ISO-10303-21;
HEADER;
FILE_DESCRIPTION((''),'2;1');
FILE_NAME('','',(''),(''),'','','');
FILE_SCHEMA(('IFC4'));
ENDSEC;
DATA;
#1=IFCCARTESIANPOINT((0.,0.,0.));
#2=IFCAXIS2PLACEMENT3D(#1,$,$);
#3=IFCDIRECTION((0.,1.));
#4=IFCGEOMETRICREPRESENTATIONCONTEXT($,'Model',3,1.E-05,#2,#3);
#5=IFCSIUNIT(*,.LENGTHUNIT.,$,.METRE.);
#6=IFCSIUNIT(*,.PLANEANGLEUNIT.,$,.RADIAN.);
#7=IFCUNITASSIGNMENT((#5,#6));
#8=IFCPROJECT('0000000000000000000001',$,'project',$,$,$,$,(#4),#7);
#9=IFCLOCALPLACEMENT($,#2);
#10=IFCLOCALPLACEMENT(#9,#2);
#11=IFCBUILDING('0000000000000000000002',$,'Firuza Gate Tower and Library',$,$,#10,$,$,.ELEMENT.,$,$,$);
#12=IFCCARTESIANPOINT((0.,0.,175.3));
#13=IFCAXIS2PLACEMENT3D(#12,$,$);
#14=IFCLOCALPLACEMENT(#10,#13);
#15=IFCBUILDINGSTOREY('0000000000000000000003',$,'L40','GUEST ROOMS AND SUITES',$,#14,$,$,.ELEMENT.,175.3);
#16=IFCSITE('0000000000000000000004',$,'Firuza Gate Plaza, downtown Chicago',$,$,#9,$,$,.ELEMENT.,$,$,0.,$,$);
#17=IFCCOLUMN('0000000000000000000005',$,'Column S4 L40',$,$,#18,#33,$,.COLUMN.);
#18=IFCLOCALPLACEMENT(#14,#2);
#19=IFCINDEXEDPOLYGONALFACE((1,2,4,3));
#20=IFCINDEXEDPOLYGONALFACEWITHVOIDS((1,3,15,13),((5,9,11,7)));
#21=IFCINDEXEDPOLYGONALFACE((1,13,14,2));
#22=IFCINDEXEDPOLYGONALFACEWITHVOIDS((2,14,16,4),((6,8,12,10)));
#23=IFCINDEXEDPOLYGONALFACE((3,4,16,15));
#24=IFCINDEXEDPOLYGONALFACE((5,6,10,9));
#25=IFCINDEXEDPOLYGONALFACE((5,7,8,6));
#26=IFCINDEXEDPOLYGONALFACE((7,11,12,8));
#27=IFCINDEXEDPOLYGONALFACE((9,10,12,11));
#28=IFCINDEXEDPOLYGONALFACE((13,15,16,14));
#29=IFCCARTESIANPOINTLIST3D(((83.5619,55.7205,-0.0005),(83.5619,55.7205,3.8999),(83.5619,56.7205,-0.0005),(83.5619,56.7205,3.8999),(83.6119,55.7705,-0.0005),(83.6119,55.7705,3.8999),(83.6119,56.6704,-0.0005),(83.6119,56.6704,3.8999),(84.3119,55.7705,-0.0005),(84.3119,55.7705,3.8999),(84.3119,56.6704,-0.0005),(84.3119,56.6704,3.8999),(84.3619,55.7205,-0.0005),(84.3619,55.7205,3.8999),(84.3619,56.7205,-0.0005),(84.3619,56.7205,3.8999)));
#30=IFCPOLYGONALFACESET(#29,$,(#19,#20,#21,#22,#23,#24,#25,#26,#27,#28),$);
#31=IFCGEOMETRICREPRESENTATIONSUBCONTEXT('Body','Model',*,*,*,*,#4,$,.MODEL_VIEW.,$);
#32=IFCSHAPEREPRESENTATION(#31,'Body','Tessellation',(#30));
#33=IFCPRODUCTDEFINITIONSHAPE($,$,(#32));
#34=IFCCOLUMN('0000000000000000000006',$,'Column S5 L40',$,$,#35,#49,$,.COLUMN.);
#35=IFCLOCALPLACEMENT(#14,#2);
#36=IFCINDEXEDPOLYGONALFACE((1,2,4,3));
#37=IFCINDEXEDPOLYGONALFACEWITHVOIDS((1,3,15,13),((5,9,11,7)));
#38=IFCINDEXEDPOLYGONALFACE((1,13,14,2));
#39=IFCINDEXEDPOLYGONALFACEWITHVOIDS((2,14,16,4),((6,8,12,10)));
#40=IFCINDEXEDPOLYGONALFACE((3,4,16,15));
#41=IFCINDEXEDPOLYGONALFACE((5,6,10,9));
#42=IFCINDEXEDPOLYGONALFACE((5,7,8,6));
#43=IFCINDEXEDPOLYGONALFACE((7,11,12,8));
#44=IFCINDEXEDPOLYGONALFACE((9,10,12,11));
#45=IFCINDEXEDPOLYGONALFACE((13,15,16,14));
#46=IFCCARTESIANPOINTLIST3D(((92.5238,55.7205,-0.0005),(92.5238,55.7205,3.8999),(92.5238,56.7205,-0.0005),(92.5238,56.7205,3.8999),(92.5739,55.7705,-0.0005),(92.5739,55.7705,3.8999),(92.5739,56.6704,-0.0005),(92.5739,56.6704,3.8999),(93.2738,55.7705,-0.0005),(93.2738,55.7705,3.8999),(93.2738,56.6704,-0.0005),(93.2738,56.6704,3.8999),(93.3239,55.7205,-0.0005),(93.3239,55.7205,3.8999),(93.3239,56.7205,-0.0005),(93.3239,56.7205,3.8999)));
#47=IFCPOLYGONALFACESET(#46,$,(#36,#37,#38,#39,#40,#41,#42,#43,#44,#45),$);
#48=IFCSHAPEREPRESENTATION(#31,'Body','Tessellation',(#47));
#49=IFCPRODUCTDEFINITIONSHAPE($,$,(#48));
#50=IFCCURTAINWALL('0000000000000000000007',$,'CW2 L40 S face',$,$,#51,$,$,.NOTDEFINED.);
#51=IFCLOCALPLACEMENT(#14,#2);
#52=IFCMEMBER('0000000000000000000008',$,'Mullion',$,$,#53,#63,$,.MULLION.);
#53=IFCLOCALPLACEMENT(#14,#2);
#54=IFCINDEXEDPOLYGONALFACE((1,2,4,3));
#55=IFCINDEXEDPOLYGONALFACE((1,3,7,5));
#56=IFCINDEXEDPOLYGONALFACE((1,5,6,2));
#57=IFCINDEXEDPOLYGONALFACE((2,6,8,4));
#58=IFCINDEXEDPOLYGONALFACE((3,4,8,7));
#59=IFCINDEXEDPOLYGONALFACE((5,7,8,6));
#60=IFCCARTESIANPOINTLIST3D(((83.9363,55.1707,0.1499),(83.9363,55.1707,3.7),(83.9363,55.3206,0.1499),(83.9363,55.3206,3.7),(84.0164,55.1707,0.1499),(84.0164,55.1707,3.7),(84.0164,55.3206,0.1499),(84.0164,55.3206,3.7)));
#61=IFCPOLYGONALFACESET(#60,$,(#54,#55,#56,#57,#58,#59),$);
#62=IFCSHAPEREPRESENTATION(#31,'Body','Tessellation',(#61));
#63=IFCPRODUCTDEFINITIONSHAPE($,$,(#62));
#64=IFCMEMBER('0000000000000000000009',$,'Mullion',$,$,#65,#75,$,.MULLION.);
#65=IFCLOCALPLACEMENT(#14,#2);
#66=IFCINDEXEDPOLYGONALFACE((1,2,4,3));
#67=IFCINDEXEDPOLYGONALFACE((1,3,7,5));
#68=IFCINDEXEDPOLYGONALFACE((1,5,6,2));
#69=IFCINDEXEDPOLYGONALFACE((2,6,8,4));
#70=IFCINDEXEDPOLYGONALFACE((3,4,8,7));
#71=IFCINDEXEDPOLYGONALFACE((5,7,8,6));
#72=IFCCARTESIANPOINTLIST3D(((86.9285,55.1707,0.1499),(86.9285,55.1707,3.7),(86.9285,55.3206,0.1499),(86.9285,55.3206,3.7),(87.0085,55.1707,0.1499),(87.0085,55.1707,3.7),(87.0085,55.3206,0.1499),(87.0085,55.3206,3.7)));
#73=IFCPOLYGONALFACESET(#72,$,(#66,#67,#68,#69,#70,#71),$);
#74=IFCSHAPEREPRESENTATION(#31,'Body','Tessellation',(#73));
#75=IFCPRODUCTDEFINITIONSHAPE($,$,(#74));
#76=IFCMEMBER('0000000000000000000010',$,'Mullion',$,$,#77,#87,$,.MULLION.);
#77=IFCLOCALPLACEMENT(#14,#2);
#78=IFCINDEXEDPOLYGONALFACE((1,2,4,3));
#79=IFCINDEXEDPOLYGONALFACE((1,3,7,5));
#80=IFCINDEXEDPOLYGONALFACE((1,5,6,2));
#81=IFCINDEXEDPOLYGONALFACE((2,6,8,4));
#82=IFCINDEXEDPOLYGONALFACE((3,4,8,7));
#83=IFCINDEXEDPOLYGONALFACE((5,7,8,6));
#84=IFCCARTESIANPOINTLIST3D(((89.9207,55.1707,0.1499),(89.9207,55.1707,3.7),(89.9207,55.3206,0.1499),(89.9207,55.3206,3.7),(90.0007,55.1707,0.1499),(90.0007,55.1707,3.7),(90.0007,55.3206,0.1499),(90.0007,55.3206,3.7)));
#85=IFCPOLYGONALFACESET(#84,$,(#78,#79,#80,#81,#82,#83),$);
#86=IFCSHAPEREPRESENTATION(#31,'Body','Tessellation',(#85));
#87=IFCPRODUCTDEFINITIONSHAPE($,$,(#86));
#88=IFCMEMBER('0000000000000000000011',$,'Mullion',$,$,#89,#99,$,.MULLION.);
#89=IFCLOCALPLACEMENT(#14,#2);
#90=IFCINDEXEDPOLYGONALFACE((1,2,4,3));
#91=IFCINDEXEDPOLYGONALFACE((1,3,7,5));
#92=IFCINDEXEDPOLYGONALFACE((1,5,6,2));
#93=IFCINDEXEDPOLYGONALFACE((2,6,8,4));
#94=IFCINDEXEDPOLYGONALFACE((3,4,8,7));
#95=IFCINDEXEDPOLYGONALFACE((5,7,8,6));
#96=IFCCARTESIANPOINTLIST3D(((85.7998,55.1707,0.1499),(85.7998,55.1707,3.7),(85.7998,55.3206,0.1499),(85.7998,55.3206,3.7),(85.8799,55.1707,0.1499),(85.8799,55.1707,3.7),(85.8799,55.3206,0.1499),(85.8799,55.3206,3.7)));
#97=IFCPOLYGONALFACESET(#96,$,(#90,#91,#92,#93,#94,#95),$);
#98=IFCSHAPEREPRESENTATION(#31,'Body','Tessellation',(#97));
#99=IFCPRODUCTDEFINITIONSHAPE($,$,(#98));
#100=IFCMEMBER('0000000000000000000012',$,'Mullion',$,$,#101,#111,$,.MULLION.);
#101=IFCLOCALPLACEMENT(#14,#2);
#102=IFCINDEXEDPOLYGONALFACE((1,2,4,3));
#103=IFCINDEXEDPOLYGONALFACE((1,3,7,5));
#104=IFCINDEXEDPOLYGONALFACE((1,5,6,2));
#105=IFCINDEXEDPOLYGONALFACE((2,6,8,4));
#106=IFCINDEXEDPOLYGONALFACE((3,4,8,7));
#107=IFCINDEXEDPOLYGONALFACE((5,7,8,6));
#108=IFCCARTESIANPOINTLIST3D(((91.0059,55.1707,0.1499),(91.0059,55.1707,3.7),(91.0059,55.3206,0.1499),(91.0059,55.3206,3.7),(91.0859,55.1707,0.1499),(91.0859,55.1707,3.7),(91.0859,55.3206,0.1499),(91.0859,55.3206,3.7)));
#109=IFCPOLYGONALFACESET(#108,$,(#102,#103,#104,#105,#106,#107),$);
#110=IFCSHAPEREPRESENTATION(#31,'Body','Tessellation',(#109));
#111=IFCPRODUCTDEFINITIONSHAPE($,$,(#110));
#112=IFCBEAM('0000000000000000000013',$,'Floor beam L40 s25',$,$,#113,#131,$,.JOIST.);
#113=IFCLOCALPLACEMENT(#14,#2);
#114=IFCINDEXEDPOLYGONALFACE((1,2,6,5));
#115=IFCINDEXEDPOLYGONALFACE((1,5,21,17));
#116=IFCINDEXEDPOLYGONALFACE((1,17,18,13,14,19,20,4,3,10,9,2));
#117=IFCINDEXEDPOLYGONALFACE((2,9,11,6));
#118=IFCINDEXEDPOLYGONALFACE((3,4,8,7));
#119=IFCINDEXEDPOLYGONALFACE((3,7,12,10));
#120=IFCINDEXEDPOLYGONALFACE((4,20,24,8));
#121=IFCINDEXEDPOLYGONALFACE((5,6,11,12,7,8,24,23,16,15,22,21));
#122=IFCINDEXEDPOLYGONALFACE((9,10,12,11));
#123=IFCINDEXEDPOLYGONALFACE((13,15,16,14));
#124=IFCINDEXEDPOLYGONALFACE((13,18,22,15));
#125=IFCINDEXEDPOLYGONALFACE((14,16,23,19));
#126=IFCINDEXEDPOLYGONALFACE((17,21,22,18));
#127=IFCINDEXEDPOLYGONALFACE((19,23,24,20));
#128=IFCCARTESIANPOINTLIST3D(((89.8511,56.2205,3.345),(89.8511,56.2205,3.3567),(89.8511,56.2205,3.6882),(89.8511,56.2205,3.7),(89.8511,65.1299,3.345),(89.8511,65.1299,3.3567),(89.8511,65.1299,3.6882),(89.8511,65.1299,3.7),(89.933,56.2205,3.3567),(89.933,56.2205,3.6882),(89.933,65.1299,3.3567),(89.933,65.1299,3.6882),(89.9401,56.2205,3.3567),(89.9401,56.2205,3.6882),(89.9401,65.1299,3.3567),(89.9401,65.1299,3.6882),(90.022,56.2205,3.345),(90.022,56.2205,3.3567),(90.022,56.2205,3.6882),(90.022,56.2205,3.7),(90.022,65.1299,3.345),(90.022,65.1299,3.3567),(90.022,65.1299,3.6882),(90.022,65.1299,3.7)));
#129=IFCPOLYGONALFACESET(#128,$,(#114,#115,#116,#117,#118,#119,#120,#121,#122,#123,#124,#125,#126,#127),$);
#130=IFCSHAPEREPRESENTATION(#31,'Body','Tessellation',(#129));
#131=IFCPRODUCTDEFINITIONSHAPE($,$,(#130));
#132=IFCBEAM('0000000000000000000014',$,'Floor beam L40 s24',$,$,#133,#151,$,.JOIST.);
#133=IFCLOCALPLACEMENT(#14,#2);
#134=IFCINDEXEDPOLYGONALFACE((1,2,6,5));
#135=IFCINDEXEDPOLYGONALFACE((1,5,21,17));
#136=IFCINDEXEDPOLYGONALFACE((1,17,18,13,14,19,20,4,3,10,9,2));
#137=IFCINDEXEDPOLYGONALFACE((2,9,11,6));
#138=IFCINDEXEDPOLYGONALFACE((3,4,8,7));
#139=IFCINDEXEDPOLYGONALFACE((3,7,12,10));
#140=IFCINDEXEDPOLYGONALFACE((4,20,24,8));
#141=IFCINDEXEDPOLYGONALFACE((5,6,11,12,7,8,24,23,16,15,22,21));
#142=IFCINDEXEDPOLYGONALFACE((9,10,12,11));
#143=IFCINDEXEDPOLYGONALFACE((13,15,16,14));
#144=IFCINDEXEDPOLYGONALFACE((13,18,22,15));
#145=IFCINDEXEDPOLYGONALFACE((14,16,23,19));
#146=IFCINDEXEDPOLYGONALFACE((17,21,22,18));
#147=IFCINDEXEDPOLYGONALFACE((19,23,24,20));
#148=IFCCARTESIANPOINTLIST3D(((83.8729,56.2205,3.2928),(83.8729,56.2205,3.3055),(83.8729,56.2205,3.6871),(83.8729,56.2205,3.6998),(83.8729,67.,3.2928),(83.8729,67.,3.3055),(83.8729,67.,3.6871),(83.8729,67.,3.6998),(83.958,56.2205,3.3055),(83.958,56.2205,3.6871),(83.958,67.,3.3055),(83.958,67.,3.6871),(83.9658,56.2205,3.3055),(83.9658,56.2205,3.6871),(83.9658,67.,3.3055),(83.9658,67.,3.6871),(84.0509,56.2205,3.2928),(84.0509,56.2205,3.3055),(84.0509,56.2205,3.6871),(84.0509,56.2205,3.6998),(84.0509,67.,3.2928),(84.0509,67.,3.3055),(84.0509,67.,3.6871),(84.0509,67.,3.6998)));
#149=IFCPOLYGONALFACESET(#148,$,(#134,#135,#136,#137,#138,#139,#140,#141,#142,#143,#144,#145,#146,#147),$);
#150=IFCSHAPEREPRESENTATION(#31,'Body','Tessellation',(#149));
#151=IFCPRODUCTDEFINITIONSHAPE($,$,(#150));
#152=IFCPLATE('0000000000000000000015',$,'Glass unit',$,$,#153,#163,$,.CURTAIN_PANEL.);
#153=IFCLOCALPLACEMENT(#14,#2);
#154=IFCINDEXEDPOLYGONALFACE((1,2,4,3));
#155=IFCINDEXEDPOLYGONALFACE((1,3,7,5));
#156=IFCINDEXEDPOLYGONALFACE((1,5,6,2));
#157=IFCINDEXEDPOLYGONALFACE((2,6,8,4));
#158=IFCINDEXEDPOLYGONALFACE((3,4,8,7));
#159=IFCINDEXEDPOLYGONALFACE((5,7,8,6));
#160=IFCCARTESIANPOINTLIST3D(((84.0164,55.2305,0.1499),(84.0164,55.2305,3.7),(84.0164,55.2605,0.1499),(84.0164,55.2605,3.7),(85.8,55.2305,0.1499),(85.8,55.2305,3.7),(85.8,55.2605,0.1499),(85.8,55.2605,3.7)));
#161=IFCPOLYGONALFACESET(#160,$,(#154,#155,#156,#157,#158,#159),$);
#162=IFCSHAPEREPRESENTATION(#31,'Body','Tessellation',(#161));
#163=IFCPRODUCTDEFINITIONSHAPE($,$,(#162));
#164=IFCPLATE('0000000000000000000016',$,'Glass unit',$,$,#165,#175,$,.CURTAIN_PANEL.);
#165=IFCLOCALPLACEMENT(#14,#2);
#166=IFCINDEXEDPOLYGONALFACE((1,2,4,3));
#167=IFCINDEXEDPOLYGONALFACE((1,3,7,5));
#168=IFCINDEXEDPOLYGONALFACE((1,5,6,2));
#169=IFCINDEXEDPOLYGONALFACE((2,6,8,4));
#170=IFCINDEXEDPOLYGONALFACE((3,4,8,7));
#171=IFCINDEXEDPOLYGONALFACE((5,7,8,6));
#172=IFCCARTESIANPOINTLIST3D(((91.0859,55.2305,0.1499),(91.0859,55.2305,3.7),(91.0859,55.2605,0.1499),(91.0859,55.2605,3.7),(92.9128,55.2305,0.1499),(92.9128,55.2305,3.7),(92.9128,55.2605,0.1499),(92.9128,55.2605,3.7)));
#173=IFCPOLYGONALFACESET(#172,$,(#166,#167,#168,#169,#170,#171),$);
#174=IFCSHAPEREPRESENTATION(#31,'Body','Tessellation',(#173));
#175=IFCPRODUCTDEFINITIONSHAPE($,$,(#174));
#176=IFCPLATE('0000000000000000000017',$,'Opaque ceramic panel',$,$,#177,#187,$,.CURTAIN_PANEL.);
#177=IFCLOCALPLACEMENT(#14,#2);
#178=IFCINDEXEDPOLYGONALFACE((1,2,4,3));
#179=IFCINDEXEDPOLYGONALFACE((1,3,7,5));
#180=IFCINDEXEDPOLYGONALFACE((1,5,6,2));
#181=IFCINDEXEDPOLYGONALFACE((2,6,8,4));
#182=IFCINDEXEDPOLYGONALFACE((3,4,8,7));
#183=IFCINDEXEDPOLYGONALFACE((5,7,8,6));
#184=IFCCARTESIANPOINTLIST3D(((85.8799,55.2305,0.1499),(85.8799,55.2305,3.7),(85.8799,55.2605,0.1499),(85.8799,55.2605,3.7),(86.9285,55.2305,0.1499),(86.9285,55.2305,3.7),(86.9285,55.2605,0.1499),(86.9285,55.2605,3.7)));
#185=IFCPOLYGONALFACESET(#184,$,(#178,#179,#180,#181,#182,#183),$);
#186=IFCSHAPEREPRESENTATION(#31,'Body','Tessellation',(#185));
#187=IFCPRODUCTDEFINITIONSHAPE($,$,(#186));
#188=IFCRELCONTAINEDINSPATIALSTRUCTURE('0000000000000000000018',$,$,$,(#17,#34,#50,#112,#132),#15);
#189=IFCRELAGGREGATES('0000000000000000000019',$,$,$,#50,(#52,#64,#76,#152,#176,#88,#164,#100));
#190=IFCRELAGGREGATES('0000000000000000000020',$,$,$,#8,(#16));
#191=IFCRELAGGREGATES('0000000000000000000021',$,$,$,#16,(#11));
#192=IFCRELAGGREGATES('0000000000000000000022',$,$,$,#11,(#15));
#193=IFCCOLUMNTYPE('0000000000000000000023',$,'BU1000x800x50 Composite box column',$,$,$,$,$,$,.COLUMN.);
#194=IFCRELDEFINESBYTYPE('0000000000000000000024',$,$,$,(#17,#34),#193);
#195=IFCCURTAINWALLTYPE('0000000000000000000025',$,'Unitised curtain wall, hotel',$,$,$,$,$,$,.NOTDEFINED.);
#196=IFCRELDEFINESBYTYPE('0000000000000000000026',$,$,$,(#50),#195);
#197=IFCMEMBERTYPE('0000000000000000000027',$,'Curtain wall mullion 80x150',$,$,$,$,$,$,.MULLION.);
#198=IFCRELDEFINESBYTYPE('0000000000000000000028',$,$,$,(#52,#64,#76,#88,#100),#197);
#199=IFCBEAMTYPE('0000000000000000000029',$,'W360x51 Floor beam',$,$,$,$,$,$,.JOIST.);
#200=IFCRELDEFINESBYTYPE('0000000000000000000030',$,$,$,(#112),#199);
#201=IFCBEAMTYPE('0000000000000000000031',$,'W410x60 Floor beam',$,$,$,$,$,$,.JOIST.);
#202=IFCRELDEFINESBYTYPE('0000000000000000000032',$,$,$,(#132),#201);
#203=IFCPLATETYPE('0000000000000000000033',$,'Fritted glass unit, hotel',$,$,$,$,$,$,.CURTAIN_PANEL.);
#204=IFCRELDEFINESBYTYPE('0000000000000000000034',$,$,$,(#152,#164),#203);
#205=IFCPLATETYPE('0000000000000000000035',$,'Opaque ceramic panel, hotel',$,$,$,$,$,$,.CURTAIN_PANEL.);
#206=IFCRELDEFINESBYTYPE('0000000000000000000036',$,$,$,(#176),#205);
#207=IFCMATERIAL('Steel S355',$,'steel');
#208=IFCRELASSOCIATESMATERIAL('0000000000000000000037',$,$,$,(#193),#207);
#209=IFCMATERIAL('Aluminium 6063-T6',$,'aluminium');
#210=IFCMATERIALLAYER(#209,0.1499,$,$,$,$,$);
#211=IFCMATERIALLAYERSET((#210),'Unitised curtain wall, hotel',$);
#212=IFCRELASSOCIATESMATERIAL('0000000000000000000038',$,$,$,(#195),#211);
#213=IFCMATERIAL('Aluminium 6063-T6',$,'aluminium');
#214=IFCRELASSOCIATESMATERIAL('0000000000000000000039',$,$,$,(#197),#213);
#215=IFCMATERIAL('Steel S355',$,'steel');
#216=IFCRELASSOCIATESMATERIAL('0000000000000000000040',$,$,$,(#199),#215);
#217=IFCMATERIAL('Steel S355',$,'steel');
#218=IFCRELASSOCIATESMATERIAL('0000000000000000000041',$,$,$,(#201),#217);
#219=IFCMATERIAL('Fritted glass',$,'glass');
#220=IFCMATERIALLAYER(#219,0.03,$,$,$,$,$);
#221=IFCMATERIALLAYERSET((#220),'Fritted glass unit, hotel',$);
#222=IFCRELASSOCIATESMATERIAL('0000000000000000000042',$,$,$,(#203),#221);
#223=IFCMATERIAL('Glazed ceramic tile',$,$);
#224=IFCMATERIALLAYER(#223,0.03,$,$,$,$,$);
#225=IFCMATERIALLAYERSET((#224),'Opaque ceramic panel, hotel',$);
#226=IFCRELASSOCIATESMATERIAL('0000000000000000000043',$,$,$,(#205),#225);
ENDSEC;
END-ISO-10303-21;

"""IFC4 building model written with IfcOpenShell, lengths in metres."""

from ifc_helpers import new_model, si_unit, direction, frame, origin, origin_2d, place, context, subcontext, project, spatial, polyline, rectangle, hollow_rectangle, i_section, outline, extrude, material, layer, layer_set, material_profile, profile_set, type_object, element, aggregate, save


model = new_model("IFC4")

# Units and contexts
model_context = context("Model", 3, precision=1e-05, world=origin(), true_north=direction((0.0, 1.0)))
body_context = subcontext(model_context, "Body", "Model", "MODEL_VIEW")
ifc_project = project(units=[si_unit("LENGTHUNIT", "METRE"), si_unit("PLANEANGLEUNIT", "RADIAN")], contexts=[model_context])

# Site, building, storey
site_placement = place(None, origin())
site = spatial("IfcSite", under=ifc_project, at=site_placement, Name="Firuza Gate Plaza, downtown Chicago", CompositionType="ELEMENT", RefElevation=0.0)
building_placement = place(site_placement, origin())
building = spatial("IfcBuilding", under=site, at=building_placement, Name="Firuza Gate Tower and Library", CompositionType="ELEMENT")
storey_placement = place(building_placement, frame((0.0, 0.0, 175.3)))
storey = spatial("IfcBuildingStorey", under=building, at=storey_placement, Name="L40", Description="GUEST ROOMS AND SUITES", CompositionType="ELEMENT", Elevation=175.3)

# Columns
ifc_material_1 = material(Name="Steel S355", Category="steel")
ifc_material_profile_1 = material_profile(ifc_material_1, hollow_rectangle(XDim=0.8, YDim=1.0, WallThickness=0.05, at=origin_2d()))
ifc_profile_set_1 = profile_set([ifc_material_profile_1], Name="Steel S355")
column_type = type_object("IfcColumnType", Name="BU1000x800x50 Composite box column", PredefinedType="COLUMN", material=ifc_profile_set_1)
for number, where, z_axis, x_axis, name in (
    (1, (83.9619, 56.2205, -0.0005), (0.0, 0.0, 1.0), (1.0, 0.0, 0.0), "Column S4 L40"),
    (2, (92.9238, 56.2205, -0.0005), (0.0, 0.0, 1.0), (1.0, 0.0, 0.0), "Column S5 L40"),
):
    element("IfcColumn", number, at=place(storey_placement, frame(where, z_axis=z_axis, x_axis=x_axis)), inside=storey, type_object=column_type, Name=name, PredefinedType="COLUMN", context=body_context, shape_type="SweptSolid", body=[
        extrude(hollow_rectangle(XDim=0.8, YDim=1.0, WallThickness=0.05, at=origin_2d()), origin(), (0.0, 0.0, 1.0), 3.9004),
    ])

# Curtain wall, members
ifc_material_2 = material(Name="Aluminium 6063-T6", Category="aluminium")
ifc_layer_1 = layer(ifc_material_2, 0.1499)
ifc_layer_set_1 = layer_set([ifc_layer_1], Name="Unitised curtain wall, hotel")
curtain_wall_type = type_object("IfcCurtainWallType", Name="Unitised curtain wall, hotel", PredefinedType="NOTDEFINED", material=ifc_layer_set_1)
curtain_wall_placement = place(storey_placement, origin())
curtain_wall = element("IfcCurtainWall", 3, at=curtain_wall_placement, inside=storey, type_object=curtain_wall_type, Name="CW2 L40 S face", PredefinedType="NOTDEFINED")
ifc_material_3 = material(Name="Aluminium 6063-T6", Category="aluminium")
ifc_material_profile_2 = material_profile(ifc_material_3, rectangle(XDim=0.1499, YDim=0.0801, at=origin_2d()))
ifc_profile_set_2 = profile_set([ifc_material_profile_2], Name="Aluminium 6063-T6")
member_type = type_object("IfcMemberType", Name="Curtain wall mullion 80x150", PredefinedType="MULLION", material=ifc_profile_set_2)
member_1_placement = place(storey_placement, frame((83.9763, 55.2456, 0.1499), z_axis=(0.0, 0.0, 1.0), x_axis=(0.0, 1.0, 0.0)))
member_1 = element("IfcMember", 4, at=member_1_placement, type_object=member_type, Name="Mullion", PredefinedType="MULLION", context=body_context, shape_type="SweptSolid", body=[
    extrude(rectangle(XDim=0.1499, YDim=0.0801, at=origin_2d()), origin(), (0.0, 0.0, 1.0), 3.55),
])
member_2_placement = place(storey_placement, frame((86.9685, 55.2456, 0.1499), z_axis=(0.0, 0.0, 1.0), x_axis=(0.0, 1.0, 0.0)))
member_2 = element("IfcMember", 5, at=member_2_placement, type_object=member_type, Name="Mullion", PredefinedType="MULLION", context=body_context, shape_type="SweptSolid", body=[
    extrude(rectangle(XDim=0.1499, YDim=0.0801, at=origin_2d()), origin(), (0.0, 0.0, 1.0), 3.55),
])
member_3_placement = place(storey_placement, frame((89.9607, 55.2456, 0.1499), z_axis=(0.0, 0.0, 1.0), x_axis=(0.0, 1.0, 0.0)))
member_3 = element("IfcMember", 6, at=member_3_placement, type_object=member_type, Name="Mullion", PredefinedType="MULLION", context=body_context, shape_type="SweptSolid", body=[
    extrude(rectangle(XDim=0.1499, YDim=0.0801, at=origin_2d()), origin(), (0.0, 0.0, 1.0), 3.55),
])
member_4_placement = place(storey_placement, frame((85.8398, 55.2456, 0.1499), z_axis=(0.0, 0.0, 1.0), x_axis=(0.0, 1.0, 0.0)))
member_4 = element("IfcMember", 7, at=member_4_placement, type_object=member_type, Name="Mullion", PredefinedType="MULLION", context=body_context, shape_type="SweptSolid", body=[
    extrude(rectangle(XDim=0.1499, YDim=0.0801, at=origin_2d()), origin(), (0.0, 0.0, 1.0), 3.55),
])
member_5_placement = place(storey_placement, frame((91.0459, 55.2456, 0.1499), z_axis=(0.0, 0.0, 1.0), x_axis=(0.0, 1.0, 0.0)))
member_5 = element("IfcMember", 8, at=member_5_placement, type_object=member_type, Name="Mullion", PredefinedType="MULLION", context=body_context, shape_type="SweptSolid", body=[
    extrude(rectangle(XDim=0.1499, YDim=0.0801, at=origin_2d()), origin(), (0.0, 0.0, 1.0), 3.55),
])

# Beams
ifc_material_4 = material(Name="Steel S355", Category="steel")
ifc_material_profile_3 = material_profile(ifc_material_4, i_section(OverallWidth=0.1709, OverallDepth=0.355, WebThickness=0.0071, FlangeThickness=0.0117, at=origin_2d()))
ifc_profile_set_3 = profile_set([ifc_material_profile_3], Name="Steel S355")
beam_type_1 = type_object("IfcBeamType", Name="W360x51 Floor beam", PredefinedType="JOIST", material=ifc_profile_set_3)
beam_1_placement = place(storey_placement, frame((89.9365, 56.2205, 3.5225), z_axis=(0.0, 1.0, 0.0), x_axis=(-1.0, 0.0, 0.0)))
element("IfcBeam", 9, at=beam_1_placement, inside=storey, type_object=beam_type_1, Name="Floor beam L40 s25", PredefinedType="JOIST", context=body_context, shape_type="SweptSolid", body=[
    extrude(i_section(OverallWidth=0.1709, OverallDepth=0.355, WebThickness=0.0071, FlangeThickness=0.0117, at=origin_2d()), origin(), (0.0, 0.0, 1.0), 8.9094),
])
ifc_material_5 = material(Name="Steel S355", Category="steel")
ifc_material_profile_4 = material_profile(ifc_material_5, i_section(OverallWidth=0.178, OverallDepth=0.407, WebThickness=0.0078, FlangeThickness=0.0127, at=origin_2d()))
ifc_profile_set_4 = profile_set([ifc_material_profile_4], Name="Steel S355")
beam_type_2 = type_object("IfcBeamType", Name="W410x60 Floor beam", PredefinedType="JOIST", material=ifc_profile_set_4)
beam_2_placement = place(storey_placement, frame((83.9619, 56.2205, 3.4963), z_axis=(0.0, 1.0, 0.0), x_axis=(-1.0, 0.0, 0.0)))
element("IfcBeam", 10, at=beam_2_placement, inside=storey, type_object=beam_type_2, Name="Floor beam L40 s24", PredefinedType="JOIST", context=body_context, shape_type="SweptSolid", body=[
    extrude(i_section(OverallWidth=0.178, OverallDepth=0.407, WebThickness=0.0078, FlangeThickness=0.0127, at=origin_2d()), origin(), (0.0, 0.0, 1.0), 10.7795),
])

# Plates
ifc_material_6 = material(Name="Fritted glass", Category="glass")
ifc_layer_2 = layer(ifc_material_6, 0.03)
ifc_layer_set_2 = layer_set([ifc_layer_2], Name="Fritted glass unit, hotel")
plate_type_1 = type_object("IfcPlateType", Name="Fritted glass unit, hotel", PredefinedType="CURTAIN_PANEL", material=ifc_layer_set_2)
plate_1_placement = place(storey_placement, frame((84.0164, 55.2305, 0.1499), z_axis=(0.0, -1.0, 0.0), x_axis=(1.0, 0.0, 0.0)))
plate_1 = element("IfcPlate", 11, at=plate_1_placement, type_object=plate_type_1, Name="Glass unit", PredefinedType="CURTAIN_PANEL", context=body_context, shape_type="SweptSolid", body=[
    extrude(outline(polyline([(0.0, 0.0), (1.7837, 0.0), (1.7837, 3.55), (0.0, 3.55), (0.0, 0.0)])), origin(), (0.0, 0.0, -1.0), 0.03),
])
plate_2_placement = place(storey_placement, frame((91.0859, 55.2305, 0.1499), z_axis=(0.0, -1.0, 0.0), x_axis=(1.0, 0.0, 0.0)))
plate_2 = element("IfcPlate", 12, at=plate_2_placement, type_object=plate_type_1, Name="Glass unit", PredefinedType="CURTAIN_PANEL", context=body_context, shape_type="SweptSolid", body=[
    extrude(outline(polyline([(0.0, 0.0), (1.8269, 0.0), (1.8269, 3.55), (0.0, 3.55), (0.0, 0.0)])), origin(), (0.0, 0.0, -1.0), 0.03),
])
ifc_material_7 = material(Name="Glazed ceramic tile")
ifc_layer_3 = layer(ifc_material_7, 0.03)
ifc_layer_set_3 = layer_set([ifc_layer_3], Name="Opaque ceramic panel, hotel")
plate_type_2 = type_object("IfcPlateType", Name="Opaque ceramic panel, hotel", PredefinedType="CURTAIN_PANEL", material=ifc_layer_set_3)
plate_3_placement = place(storey_placement, frame((85.8799, 55.2305, 0.1499), z_axis=(0.0, -1.0, 0.0), x_axis=(1.0, 0.0, 0.0)))
plate_3 = element("IfcPlate", 13, at=plate_3_placement, type_object=plate_type_2, Name="Opaque ceramic panel", PredefinedType="CURTAIN_PANEL", context=body_context, shape_type="SweptSolid", body=[
    extrude(outline(polyline([(0.0, 0.0), (1.0486, 0.0), (1.0486, 3.55), (0.0, 3.55), (0.0, 0.0)])), origin(), (0.0, 0.0, -1.0), 0.03),
])
aggregate(curtain_wall, [member_1, member_2, member_3, plate_1, plate_3, member_4, plate_2, member_5])

save(model, "model.ifc")
